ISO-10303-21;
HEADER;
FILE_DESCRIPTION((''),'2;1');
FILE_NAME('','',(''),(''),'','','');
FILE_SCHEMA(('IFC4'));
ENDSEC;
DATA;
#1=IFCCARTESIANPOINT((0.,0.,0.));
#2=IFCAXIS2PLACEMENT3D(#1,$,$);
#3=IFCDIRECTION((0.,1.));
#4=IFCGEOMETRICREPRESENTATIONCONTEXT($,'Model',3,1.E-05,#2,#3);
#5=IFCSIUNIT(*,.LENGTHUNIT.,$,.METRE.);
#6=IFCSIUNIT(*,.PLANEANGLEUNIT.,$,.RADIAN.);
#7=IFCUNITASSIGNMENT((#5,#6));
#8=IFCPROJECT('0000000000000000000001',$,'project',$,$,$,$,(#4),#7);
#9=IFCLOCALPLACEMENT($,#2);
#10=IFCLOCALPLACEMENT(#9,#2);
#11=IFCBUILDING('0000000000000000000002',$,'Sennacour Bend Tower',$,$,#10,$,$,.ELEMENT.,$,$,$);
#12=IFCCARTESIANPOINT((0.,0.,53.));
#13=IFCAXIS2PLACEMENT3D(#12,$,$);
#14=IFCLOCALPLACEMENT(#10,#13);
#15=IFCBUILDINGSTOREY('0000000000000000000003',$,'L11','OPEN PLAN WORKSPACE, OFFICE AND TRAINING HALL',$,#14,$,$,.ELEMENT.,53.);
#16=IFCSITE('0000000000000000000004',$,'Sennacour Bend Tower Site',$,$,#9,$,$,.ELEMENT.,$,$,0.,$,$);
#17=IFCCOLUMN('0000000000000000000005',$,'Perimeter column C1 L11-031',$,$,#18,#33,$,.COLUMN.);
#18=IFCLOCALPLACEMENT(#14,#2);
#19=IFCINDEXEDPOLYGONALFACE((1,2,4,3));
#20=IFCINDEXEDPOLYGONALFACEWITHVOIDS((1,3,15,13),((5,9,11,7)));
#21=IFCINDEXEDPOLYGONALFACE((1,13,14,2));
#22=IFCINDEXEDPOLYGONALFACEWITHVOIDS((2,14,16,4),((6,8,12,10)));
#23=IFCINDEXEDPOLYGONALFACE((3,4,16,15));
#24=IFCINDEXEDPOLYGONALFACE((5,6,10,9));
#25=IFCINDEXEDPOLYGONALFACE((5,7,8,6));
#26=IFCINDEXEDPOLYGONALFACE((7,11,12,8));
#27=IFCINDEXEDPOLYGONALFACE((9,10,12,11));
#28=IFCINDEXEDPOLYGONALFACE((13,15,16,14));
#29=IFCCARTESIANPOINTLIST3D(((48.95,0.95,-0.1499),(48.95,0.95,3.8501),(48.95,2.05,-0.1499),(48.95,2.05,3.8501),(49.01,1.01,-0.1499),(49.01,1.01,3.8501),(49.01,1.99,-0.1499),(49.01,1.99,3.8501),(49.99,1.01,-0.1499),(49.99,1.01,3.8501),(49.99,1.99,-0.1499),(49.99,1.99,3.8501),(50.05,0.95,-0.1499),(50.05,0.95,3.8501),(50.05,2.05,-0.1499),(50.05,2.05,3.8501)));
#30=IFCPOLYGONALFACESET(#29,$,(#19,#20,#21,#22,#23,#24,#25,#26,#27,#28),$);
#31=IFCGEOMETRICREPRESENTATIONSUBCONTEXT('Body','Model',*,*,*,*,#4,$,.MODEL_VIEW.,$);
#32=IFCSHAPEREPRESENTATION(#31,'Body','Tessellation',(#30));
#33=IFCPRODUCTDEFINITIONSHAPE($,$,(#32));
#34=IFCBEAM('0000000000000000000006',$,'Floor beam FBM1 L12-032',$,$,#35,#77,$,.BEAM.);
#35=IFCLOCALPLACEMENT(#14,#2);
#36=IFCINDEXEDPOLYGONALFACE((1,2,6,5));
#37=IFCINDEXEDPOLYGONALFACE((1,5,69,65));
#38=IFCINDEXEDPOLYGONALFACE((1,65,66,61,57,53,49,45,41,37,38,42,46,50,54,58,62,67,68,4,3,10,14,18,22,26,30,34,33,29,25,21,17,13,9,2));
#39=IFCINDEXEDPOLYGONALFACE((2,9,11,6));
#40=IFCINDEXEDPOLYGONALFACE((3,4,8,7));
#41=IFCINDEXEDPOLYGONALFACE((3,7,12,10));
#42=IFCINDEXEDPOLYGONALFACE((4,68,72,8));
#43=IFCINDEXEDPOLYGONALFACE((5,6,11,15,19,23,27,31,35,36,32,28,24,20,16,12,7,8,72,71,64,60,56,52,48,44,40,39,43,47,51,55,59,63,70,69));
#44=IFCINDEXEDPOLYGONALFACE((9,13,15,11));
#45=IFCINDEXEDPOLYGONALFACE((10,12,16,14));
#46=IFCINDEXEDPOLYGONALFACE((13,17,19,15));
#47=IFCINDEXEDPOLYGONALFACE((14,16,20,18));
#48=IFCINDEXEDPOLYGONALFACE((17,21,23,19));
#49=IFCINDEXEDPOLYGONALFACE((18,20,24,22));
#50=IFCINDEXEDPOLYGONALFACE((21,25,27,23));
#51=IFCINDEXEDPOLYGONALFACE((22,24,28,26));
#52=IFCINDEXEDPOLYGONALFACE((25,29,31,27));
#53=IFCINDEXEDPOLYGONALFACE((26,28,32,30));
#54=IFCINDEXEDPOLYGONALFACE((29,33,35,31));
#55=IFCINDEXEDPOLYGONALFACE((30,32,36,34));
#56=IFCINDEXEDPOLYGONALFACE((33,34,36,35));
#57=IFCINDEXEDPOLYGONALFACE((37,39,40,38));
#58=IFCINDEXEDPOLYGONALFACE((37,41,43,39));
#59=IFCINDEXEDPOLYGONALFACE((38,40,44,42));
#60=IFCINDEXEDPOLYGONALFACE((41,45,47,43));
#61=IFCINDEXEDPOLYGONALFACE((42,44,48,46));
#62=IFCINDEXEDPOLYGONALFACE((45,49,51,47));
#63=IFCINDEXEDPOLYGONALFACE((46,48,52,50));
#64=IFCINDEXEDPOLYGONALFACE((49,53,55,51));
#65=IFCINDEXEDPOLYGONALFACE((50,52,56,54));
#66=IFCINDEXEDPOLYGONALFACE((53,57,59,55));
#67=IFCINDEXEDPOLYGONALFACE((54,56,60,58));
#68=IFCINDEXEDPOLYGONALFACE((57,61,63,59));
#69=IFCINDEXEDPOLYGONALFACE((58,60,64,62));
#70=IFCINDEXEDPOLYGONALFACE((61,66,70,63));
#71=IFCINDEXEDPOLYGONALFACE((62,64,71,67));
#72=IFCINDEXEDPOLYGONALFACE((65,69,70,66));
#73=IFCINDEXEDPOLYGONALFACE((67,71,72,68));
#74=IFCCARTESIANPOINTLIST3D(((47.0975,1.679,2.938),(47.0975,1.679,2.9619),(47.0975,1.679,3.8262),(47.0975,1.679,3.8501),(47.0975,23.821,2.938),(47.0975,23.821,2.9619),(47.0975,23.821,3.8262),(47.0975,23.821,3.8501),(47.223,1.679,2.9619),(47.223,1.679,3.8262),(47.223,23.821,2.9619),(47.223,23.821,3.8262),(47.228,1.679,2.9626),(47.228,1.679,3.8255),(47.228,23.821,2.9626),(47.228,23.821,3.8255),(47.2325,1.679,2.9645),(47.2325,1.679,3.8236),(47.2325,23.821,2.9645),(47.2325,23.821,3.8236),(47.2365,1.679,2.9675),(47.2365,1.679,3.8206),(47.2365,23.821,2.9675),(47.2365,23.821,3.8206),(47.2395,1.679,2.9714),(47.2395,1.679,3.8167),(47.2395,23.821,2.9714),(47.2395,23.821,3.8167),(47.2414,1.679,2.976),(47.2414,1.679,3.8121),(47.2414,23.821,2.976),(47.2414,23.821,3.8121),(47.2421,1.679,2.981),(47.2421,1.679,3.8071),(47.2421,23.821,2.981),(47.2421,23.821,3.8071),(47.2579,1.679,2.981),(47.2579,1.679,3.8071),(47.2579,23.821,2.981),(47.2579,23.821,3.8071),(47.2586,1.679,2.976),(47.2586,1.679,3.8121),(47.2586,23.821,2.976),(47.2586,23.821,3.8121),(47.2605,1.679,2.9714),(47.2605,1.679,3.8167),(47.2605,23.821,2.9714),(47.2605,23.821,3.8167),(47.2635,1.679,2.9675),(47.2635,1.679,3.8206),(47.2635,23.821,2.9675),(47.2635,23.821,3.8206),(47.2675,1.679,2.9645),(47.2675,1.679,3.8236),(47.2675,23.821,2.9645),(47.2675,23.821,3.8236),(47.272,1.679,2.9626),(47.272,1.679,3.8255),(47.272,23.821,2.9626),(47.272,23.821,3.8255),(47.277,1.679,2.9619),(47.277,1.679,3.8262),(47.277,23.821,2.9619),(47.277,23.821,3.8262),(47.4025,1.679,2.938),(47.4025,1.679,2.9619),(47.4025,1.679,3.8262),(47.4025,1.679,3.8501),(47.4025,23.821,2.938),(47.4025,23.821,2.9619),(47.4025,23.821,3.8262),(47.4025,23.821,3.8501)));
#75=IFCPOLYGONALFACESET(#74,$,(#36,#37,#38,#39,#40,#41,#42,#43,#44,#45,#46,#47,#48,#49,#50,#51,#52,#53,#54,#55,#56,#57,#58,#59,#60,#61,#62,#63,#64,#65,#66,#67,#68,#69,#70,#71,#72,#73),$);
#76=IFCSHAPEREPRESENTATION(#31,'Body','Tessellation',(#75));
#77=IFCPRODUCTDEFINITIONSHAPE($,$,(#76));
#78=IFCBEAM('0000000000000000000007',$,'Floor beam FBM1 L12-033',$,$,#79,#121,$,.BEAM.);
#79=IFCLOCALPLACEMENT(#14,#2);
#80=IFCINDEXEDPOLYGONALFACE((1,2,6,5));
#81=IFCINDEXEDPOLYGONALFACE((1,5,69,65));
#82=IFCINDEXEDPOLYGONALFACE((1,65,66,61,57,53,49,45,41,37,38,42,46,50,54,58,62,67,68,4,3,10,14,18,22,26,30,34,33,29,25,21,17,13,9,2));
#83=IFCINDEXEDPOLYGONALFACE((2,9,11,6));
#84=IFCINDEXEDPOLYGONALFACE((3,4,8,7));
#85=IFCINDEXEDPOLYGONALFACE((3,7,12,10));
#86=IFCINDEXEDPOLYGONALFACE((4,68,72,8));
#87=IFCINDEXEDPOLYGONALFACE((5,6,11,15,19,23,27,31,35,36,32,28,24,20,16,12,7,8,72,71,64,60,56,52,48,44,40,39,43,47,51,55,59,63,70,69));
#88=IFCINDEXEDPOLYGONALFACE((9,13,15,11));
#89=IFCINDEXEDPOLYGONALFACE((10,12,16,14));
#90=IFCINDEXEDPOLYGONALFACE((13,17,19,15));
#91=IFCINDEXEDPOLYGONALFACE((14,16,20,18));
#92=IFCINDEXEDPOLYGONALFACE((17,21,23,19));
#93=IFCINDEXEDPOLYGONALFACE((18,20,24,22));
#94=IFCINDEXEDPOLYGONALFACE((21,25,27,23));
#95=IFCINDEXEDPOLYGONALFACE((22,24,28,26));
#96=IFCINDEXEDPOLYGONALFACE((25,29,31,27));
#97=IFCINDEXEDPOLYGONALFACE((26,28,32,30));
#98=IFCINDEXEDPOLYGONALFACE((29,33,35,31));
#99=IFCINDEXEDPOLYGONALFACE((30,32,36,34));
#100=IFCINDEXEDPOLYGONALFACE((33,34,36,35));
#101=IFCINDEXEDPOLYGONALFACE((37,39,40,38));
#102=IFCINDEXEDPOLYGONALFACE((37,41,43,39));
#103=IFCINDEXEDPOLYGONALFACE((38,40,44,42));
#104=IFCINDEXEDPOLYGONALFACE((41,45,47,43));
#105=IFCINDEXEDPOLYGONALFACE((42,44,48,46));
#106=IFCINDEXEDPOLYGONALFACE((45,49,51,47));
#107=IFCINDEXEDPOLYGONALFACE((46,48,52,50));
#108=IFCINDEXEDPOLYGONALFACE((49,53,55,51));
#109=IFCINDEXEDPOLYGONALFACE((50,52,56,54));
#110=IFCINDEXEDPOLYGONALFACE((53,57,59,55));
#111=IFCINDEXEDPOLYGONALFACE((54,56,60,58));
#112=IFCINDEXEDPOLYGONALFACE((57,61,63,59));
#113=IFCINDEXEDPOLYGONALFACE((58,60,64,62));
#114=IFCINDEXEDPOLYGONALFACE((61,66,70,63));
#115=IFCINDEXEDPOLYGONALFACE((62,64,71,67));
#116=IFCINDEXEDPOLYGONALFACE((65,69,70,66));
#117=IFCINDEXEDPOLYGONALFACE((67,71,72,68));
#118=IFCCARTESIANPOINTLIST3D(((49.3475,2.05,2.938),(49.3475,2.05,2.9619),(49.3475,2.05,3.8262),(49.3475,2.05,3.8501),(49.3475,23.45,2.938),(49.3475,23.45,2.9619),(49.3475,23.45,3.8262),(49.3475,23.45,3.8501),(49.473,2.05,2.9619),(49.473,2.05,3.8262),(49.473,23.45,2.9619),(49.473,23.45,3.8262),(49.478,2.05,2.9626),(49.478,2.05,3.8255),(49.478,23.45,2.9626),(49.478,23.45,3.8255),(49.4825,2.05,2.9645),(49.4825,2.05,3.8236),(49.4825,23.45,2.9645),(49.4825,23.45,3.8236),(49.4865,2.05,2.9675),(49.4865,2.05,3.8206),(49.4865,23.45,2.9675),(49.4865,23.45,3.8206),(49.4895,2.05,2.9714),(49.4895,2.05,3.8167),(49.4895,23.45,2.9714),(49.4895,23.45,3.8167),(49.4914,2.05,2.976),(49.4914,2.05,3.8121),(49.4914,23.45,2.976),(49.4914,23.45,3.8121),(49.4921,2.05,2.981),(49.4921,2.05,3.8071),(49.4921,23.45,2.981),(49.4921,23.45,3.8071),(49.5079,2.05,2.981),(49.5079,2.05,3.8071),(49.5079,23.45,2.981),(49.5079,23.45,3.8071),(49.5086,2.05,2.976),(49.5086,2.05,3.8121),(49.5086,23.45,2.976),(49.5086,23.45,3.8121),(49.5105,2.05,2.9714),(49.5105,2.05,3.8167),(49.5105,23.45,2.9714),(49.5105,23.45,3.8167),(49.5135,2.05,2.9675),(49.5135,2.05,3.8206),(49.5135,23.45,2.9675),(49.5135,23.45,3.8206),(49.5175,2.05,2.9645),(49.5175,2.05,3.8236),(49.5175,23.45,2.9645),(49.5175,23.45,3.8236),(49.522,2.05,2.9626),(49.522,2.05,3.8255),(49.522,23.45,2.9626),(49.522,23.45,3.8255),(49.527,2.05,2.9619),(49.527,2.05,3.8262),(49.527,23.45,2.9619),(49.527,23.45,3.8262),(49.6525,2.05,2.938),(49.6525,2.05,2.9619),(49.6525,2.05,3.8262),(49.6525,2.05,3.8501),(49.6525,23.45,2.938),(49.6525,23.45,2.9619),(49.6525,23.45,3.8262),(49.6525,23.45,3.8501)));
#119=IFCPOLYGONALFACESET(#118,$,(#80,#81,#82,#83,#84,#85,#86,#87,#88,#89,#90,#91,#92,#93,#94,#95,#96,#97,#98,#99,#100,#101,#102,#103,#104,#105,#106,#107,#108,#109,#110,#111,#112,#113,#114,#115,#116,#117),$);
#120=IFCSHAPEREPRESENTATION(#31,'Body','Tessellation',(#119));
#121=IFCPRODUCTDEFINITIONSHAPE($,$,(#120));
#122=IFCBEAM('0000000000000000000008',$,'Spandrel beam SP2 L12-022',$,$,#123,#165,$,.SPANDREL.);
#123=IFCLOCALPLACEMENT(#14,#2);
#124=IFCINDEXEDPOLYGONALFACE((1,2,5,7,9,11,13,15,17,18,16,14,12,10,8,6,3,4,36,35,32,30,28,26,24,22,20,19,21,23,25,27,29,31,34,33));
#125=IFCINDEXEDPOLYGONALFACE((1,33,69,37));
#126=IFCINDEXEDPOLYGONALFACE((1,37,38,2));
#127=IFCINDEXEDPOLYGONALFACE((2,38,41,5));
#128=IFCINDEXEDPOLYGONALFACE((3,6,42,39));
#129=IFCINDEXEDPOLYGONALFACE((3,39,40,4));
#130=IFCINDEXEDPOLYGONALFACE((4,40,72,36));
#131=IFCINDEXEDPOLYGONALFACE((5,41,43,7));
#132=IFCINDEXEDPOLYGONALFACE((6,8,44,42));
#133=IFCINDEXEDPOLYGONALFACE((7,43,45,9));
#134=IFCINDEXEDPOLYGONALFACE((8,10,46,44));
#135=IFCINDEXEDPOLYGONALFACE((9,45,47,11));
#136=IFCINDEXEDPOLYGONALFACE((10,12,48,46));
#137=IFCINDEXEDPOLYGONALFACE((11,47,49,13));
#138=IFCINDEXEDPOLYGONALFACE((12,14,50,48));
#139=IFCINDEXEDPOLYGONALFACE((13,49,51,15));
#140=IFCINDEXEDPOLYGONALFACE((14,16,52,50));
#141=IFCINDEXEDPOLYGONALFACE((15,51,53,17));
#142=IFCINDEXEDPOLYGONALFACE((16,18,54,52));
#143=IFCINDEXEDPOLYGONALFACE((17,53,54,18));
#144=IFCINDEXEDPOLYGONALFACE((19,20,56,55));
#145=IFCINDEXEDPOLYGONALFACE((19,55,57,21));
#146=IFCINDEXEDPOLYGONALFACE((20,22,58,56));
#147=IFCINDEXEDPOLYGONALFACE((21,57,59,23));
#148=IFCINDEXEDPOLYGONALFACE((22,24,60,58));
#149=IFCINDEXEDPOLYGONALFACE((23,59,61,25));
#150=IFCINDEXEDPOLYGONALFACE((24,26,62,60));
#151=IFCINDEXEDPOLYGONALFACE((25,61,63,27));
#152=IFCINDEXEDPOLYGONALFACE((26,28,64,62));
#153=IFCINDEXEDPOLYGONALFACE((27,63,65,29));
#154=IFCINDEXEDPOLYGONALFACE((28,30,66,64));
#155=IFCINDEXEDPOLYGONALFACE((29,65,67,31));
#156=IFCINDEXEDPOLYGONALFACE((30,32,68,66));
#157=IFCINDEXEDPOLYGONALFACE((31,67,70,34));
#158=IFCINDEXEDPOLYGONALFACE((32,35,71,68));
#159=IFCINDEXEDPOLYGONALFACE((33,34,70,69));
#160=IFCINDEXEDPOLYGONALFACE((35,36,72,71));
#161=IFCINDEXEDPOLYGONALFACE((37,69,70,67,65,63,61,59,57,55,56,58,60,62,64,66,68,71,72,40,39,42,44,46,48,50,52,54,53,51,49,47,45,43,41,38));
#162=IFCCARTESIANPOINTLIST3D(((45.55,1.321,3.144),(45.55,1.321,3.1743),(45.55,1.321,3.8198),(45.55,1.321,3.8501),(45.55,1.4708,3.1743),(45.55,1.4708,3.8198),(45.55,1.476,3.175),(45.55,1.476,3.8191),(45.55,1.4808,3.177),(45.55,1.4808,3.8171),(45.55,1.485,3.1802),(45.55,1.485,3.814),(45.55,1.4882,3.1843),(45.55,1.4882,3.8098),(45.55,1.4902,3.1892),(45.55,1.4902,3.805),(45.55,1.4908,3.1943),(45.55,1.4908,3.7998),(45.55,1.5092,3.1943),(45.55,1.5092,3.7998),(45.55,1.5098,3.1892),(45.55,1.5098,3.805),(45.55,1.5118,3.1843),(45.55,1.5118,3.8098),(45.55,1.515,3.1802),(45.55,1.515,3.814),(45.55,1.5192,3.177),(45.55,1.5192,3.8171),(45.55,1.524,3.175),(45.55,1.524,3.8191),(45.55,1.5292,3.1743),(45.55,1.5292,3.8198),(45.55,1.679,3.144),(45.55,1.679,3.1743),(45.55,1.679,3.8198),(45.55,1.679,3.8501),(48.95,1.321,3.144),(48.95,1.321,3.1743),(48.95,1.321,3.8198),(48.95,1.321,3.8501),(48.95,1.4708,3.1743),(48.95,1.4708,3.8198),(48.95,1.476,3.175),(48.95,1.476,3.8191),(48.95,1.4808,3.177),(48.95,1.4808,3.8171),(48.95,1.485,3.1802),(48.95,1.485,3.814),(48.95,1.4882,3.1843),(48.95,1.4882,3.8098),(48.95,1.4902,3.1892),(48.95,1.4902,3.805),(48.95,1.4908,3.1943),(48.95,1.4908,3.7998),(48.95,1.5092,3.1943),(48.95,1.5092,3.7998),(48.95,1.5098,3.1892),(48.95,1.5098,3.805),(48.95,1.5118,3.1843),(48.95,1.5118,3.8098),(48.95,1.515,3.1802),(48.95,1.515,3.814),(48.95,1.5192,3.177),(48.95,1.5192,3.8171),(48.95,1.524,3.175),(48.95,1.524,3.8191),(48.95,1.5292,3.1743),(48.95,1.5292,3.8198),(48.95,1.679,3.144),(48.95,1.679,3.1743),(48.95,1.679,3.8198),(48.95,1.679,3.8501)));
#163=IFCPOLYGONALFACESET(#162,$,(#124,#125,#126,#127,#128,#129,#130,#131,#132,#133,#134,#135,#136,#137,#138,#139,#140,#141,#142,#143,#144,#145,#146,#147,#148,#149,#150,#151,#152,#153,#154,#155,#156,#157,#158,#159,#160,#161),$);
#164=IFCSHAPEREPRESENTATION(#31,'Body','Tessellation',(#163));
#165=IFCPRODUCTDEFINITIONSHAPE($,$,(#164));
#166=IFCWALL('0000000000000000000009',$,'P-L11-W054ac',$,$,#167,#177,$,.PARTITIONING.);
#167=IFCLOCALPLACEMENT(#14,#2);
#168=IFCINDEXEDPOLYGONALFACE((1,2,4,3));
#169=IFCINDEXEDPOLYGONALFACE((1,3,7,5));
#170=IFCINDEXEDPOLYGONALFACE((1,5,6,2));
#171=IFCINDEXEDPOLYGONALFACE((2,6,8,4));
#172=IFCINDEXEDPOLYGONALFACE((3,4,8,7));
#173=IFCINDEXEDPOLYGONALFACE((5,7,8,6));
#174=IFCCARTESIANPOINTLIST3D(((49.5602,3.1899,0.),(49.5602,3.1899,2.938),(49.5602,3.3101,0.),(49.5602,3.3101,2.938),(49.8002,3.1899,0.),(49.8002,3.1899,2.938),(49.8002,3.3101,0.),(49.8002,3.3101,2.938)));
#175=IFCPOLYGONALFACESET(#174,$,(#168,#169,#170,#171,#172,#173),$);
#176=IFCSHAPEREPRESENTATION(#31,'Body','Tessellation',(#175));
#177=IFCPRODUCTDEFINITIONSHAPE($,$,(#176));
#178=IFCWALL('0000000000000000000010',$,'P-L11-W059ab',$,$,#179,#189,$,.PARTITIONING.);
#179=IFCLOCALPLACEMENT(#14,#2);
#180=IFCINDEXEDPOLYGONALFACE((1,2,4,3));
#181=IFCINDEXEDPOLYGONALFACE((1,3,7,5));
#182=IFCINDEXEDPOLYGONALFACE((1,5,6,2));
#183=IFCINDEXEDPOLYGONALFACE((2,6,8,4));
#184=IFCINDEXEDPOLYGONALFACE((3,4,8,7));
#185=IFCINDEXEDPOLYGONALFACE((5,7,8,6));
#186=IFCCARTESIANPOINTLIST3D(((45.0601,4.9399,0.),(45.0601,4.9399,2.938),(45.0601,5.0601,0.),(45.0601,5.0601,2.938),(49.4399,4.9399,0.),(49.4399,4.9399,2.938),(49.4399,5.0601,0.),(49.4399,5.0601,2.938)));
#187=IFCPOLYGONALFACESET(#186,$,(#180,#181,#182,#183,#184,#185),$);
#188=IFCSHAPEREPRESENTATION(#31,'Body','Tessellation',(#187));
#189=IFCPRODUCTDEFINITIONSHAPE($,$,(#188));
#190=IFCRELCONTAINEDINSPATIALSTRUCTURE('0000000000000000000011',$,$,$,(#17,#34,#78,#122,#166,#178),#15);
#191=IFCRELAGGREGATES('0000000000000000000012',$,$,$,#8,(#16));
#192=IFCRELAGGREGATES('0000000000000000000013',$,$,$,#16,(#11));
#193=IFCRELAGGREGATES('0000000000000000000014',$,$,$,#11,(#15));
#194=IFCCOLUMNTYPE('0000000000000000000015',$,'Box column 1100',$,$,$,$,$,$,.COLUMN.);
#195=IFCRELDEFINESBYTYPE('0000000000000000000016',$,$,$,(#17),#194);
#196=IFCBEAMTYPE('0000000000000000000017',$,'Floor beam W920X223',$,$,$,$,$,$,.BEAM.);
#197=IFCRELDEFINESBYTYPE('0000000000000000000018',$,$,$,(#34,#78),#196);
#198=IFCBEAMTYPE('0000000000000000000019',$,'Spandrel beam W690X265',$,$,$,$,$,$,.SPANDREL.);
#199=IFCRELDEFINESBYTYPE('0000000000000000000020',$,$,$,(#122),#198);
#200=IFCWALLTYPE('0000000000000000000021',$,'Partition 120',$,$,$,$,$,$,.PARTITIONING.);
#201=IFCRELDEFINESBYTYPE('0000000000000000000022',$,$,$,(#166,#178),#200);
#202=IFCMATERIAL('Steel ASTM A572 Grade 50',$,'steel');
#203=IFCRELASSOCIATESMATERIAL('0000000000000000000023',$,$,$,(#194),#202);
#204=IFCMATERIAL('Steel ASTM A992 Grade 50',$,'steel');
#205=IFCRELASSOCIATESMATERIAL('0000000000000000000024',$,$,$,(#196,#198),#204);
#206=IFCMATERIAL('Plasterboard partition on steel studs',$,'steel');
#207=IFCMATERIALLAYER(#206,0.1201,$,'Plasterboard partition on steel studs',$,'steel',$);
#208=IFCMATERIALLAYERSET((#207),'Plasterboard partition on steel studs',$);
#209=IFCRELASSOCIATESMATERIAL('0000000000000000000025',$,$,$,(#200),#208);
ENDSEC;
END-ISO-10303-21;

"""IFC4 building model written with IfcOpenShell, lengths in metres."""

from ifc_helpers import new_model, si_unit, direction, frame, frame_2d, origin, origin_2d, place, context, subcontext, project, spatial, rectangle, hollow_rectangle, i_section, extrude, material, layer, layer_set, material_profile, profile_set, type_object, element, save


model = new_model("IFC4")

# Units and contexts
model_context = context("Model", 3, precision=1e-05, world=origin(), true_north=direction((0.0, 1.0)))
body_context = subcontext(model_context, "Body", "Model", "MODEL_VIEW")
ifc_project = project(units=[si_unit("LENGTHUNIT", "METRE"), si_unit("PLANEANGLEUNIT", "RADIAN")], contexts=[model_context])

# Site, building, storey
site_placement = place(None, origin())
site = spatial("IfcSite", under=ifc_project, at=site_placement, Name="Sennacour Bend Tower Site", CompositionType="ELEMENT", RefElevation=0.0)
building_placement = place(site_placement, origin())
building = spatial("IfcBuilding", under=site, at=building_placement, Name="Sennacour Bend Tower", CompositionType="ELEMENT")
storey_placement = place(building_placement, frame((0.0, 0.0, 53.0)))
storey = spatial("IfcBuildingStorey", under=building, at=storey_placement, Name="L11", Description="OPEN PLAN WORKSPACE, OFFICE AND TRAINING HALL", CompositionType="ELEMENT", Elevation=53.0)

# Column
ifc_material_1 = material(Name="Steel ASTM A572 Grade 50", Category="steel")
ifc_material_profile_1 = material_profile(ifc_material_1, hollow_rectangle(XDim=1.1001, YDim=1.1001, WallThickness=0.0601, at=origin_2d()), Name="Steel ASTM A572 Grade 50", Category="steel")
ifc_profile_set_1 = profile_set([ifc_material_profile_1], Name="Steel ASTM A572 Grade 50")
column_type = type_object("IfcColumnType", Name="Box column 1100", PredefinedType="COLUMN", material=ifc_profile_set_1)
column_placement = place(storey_placement, frame((49.5, 1.5, -0.1499), z_axis=(0.0, 0.0, 1.0), x_axis=(1.0, 0.0, 0.0)))
element("IfcColumn", 1, at=column_placement, inside=storey, type_object=column_type, Name="Perimeter column C1 L11-031", PredefinedType="COLUMN", context=body_context, shape_type="SweptSolid", body=[
    extrude(hollow_rectangle(XDim=1.1001, YDim=1.1001, WallThickness=0.0601, at=origin_2d()), origin(), (0.0, 0.0, 1.0), 4.0),
])

# Beams
ifc_material_2 = material(Name="Steel ASTM A992 Grade 50", Category="steel")
ifc_material_profile_2 = material_profile(ifc_material_2, i_section(OverallWidth=0.3049, OverallDepth=0.9121, WebThickness=0.0159, FlangeThickness=0.0239, FilletRadius=0.019, at=origin_2d()), Name="Steel ASTM A992 Grade 50", Category="steel")
ifc_profile_set_2 = profile_set([ifc_material_profile_2], Name="Steel ASTM A992 Grade 50")
beam_type_1 = type_object("IfcBeamType", Name="Floor beam W920X223", PredefinedType="BEAM", material=ifc_profile_set_2)
beam_1_placement = place(storey_placement, frame((47.25, 1.679, 3.394), z_axis=(0.0, 1.0, 0.0), x_axis=(-1.0, 0.0, 0.0)))
element("IfcBeam", 2, at=beam_1_placement, inside=storey, type_object=beam_type_1, Name="Floor beam FBM1 L12-032", PredefinedType="BEAM", context=body_context, shape_type="SweptSolid", body=[
    extrude(i_section(OverallWidth=0.3049, OverallDepth=0.9121, WebThickness=0.0159, FlangeThickness=0.0239, FilletRadius=0.019, at=origin_2d()), origin(), (0.0, 0.0, 1.0), 22.1421),
])
beam_2_placement = place(storey_placement, frame((49.5, 2.05, 3.394), z_axis=(0.0, 1.0, 0.0), x_axis=(-1.0, 0.0, 0.0)))
element("IfcBeam", 3, at=beam_2_placement, inside=storey, type_object=beam_type_1, Name="Floor beam FBM1 L12-033", PredefinedType="BEAM", context=body_context, shape_type="SweptSolid", body=[
    extrude(i_section(OverallWidth=0.3049, OverallDepth=0.9121, WebThickness=0.0159, FlangeThickness=0.0239, FilletRadius=0.019, at=origin_2d()), origin(), (0.0, 0.0, 1.0), 21.3999),
])
ifc_material_profile_3 = material_profile(ifc_material_2, i_section(OverallWidth=0.3579, OverallDepth=0.7061, WebThickness=0.0183, FlangeThickness=0.0303, FilletRadius=0.02, at=origin_2d()), Name="Steel ASTM A992 Grade 50", Category="steel")
ifc_profile_set_3 = profile_set([ifc_material_profile_3], Name="Steel ASTM A992 Grade 50")
beam_type_2 = type_object("IfcBeamType", Name="Spandrel beam W690X265", PredefinedType="SPANDREL", material=ifc_profile_set_3)
beam_3_placement = place(storey_placement, frame((48.95, 1.5, 3.4971), z_axis=(-1.0, 0.0, 0.0), x_axis=(0.0, -1.0, 0.0)))
element("IfcBeam", 4, at=beam_3_placement, inside=storey, type_object=beam_type_2, Name="Spandrel beam SP2 L12-022", PredefinedType="SPANDREL", context=body_context, shape_type="SweptSolid", body=[
    extrude(i_section(OverallWidth=0.3579, OverallDepth=0.7061, WebThickness=0.0183, FlangeThickness=0.0303, FilletRadius=0.02, at=origin_2d()), origin(), (0.0, 0.0, 1.0), 3.3999),
])

# Walls
ifc_material_3 = material(Name="Plasterboard partition on steel studs", Category="steel")
ifc_layer_1 = layer(ifc_material_3, 0.1201, Name="Plasterboard partition on steel studs", Category="steel")
ifc_layer_set_1 = layer_set([ifc_layer_1], Name="Plasterboard partition on steel studs")
wall_type_1 = type_object("IfcWallType", Name="Partition 120", PredefinedType="PARTITIONING", material=ifc_layer_set_1)
wall_1_placement = place(storey_placement, frame((49.5601, 3.25, 0.0), z_axis=(0.0, 0.0, 1.0), x_axis=(1.0, 0.0, 0.0)))
element("IfcWall", 5, at=wall_1_placement, inside=storey, type_object=wall_type_1, Name="P-L11-W054ac", PredefinedType="PARTITIONING", context=body_context, shape_type="SweptSolid", body=[
    extrude(rectangle(XDim=0.24, YDim=0.1201, at=frame_2d((0.1201, 0.0))), origin(), (0.0, 0.0, 1.0), 2.938),
])
for number, where, z_axis, x_axis, name in (
    (6, (45.0601, 5.0, 0.0), (0.0, 0.0, 1.0), (1.0, 0.0, 0.0), "P-L11-W059ab"),
):
    element("IfcWall", number, at=place(storey_placement, frame(where, z_axis=z_axis, x_axis=x_axis)), inside=storey, type_object=wall_type_1, Name=name, PredefinedType="PARTITIONING", context=body_context, shape_type="SweptSolid", body=[
        extrude(rectangle(XDim=4.3799, YDim=0.1201, at=frame_2d((2.1899, 0.0))), origin(), (0.0, 0.0, 1.0), 2.938),
    ])

save(model, "model.ifc")
